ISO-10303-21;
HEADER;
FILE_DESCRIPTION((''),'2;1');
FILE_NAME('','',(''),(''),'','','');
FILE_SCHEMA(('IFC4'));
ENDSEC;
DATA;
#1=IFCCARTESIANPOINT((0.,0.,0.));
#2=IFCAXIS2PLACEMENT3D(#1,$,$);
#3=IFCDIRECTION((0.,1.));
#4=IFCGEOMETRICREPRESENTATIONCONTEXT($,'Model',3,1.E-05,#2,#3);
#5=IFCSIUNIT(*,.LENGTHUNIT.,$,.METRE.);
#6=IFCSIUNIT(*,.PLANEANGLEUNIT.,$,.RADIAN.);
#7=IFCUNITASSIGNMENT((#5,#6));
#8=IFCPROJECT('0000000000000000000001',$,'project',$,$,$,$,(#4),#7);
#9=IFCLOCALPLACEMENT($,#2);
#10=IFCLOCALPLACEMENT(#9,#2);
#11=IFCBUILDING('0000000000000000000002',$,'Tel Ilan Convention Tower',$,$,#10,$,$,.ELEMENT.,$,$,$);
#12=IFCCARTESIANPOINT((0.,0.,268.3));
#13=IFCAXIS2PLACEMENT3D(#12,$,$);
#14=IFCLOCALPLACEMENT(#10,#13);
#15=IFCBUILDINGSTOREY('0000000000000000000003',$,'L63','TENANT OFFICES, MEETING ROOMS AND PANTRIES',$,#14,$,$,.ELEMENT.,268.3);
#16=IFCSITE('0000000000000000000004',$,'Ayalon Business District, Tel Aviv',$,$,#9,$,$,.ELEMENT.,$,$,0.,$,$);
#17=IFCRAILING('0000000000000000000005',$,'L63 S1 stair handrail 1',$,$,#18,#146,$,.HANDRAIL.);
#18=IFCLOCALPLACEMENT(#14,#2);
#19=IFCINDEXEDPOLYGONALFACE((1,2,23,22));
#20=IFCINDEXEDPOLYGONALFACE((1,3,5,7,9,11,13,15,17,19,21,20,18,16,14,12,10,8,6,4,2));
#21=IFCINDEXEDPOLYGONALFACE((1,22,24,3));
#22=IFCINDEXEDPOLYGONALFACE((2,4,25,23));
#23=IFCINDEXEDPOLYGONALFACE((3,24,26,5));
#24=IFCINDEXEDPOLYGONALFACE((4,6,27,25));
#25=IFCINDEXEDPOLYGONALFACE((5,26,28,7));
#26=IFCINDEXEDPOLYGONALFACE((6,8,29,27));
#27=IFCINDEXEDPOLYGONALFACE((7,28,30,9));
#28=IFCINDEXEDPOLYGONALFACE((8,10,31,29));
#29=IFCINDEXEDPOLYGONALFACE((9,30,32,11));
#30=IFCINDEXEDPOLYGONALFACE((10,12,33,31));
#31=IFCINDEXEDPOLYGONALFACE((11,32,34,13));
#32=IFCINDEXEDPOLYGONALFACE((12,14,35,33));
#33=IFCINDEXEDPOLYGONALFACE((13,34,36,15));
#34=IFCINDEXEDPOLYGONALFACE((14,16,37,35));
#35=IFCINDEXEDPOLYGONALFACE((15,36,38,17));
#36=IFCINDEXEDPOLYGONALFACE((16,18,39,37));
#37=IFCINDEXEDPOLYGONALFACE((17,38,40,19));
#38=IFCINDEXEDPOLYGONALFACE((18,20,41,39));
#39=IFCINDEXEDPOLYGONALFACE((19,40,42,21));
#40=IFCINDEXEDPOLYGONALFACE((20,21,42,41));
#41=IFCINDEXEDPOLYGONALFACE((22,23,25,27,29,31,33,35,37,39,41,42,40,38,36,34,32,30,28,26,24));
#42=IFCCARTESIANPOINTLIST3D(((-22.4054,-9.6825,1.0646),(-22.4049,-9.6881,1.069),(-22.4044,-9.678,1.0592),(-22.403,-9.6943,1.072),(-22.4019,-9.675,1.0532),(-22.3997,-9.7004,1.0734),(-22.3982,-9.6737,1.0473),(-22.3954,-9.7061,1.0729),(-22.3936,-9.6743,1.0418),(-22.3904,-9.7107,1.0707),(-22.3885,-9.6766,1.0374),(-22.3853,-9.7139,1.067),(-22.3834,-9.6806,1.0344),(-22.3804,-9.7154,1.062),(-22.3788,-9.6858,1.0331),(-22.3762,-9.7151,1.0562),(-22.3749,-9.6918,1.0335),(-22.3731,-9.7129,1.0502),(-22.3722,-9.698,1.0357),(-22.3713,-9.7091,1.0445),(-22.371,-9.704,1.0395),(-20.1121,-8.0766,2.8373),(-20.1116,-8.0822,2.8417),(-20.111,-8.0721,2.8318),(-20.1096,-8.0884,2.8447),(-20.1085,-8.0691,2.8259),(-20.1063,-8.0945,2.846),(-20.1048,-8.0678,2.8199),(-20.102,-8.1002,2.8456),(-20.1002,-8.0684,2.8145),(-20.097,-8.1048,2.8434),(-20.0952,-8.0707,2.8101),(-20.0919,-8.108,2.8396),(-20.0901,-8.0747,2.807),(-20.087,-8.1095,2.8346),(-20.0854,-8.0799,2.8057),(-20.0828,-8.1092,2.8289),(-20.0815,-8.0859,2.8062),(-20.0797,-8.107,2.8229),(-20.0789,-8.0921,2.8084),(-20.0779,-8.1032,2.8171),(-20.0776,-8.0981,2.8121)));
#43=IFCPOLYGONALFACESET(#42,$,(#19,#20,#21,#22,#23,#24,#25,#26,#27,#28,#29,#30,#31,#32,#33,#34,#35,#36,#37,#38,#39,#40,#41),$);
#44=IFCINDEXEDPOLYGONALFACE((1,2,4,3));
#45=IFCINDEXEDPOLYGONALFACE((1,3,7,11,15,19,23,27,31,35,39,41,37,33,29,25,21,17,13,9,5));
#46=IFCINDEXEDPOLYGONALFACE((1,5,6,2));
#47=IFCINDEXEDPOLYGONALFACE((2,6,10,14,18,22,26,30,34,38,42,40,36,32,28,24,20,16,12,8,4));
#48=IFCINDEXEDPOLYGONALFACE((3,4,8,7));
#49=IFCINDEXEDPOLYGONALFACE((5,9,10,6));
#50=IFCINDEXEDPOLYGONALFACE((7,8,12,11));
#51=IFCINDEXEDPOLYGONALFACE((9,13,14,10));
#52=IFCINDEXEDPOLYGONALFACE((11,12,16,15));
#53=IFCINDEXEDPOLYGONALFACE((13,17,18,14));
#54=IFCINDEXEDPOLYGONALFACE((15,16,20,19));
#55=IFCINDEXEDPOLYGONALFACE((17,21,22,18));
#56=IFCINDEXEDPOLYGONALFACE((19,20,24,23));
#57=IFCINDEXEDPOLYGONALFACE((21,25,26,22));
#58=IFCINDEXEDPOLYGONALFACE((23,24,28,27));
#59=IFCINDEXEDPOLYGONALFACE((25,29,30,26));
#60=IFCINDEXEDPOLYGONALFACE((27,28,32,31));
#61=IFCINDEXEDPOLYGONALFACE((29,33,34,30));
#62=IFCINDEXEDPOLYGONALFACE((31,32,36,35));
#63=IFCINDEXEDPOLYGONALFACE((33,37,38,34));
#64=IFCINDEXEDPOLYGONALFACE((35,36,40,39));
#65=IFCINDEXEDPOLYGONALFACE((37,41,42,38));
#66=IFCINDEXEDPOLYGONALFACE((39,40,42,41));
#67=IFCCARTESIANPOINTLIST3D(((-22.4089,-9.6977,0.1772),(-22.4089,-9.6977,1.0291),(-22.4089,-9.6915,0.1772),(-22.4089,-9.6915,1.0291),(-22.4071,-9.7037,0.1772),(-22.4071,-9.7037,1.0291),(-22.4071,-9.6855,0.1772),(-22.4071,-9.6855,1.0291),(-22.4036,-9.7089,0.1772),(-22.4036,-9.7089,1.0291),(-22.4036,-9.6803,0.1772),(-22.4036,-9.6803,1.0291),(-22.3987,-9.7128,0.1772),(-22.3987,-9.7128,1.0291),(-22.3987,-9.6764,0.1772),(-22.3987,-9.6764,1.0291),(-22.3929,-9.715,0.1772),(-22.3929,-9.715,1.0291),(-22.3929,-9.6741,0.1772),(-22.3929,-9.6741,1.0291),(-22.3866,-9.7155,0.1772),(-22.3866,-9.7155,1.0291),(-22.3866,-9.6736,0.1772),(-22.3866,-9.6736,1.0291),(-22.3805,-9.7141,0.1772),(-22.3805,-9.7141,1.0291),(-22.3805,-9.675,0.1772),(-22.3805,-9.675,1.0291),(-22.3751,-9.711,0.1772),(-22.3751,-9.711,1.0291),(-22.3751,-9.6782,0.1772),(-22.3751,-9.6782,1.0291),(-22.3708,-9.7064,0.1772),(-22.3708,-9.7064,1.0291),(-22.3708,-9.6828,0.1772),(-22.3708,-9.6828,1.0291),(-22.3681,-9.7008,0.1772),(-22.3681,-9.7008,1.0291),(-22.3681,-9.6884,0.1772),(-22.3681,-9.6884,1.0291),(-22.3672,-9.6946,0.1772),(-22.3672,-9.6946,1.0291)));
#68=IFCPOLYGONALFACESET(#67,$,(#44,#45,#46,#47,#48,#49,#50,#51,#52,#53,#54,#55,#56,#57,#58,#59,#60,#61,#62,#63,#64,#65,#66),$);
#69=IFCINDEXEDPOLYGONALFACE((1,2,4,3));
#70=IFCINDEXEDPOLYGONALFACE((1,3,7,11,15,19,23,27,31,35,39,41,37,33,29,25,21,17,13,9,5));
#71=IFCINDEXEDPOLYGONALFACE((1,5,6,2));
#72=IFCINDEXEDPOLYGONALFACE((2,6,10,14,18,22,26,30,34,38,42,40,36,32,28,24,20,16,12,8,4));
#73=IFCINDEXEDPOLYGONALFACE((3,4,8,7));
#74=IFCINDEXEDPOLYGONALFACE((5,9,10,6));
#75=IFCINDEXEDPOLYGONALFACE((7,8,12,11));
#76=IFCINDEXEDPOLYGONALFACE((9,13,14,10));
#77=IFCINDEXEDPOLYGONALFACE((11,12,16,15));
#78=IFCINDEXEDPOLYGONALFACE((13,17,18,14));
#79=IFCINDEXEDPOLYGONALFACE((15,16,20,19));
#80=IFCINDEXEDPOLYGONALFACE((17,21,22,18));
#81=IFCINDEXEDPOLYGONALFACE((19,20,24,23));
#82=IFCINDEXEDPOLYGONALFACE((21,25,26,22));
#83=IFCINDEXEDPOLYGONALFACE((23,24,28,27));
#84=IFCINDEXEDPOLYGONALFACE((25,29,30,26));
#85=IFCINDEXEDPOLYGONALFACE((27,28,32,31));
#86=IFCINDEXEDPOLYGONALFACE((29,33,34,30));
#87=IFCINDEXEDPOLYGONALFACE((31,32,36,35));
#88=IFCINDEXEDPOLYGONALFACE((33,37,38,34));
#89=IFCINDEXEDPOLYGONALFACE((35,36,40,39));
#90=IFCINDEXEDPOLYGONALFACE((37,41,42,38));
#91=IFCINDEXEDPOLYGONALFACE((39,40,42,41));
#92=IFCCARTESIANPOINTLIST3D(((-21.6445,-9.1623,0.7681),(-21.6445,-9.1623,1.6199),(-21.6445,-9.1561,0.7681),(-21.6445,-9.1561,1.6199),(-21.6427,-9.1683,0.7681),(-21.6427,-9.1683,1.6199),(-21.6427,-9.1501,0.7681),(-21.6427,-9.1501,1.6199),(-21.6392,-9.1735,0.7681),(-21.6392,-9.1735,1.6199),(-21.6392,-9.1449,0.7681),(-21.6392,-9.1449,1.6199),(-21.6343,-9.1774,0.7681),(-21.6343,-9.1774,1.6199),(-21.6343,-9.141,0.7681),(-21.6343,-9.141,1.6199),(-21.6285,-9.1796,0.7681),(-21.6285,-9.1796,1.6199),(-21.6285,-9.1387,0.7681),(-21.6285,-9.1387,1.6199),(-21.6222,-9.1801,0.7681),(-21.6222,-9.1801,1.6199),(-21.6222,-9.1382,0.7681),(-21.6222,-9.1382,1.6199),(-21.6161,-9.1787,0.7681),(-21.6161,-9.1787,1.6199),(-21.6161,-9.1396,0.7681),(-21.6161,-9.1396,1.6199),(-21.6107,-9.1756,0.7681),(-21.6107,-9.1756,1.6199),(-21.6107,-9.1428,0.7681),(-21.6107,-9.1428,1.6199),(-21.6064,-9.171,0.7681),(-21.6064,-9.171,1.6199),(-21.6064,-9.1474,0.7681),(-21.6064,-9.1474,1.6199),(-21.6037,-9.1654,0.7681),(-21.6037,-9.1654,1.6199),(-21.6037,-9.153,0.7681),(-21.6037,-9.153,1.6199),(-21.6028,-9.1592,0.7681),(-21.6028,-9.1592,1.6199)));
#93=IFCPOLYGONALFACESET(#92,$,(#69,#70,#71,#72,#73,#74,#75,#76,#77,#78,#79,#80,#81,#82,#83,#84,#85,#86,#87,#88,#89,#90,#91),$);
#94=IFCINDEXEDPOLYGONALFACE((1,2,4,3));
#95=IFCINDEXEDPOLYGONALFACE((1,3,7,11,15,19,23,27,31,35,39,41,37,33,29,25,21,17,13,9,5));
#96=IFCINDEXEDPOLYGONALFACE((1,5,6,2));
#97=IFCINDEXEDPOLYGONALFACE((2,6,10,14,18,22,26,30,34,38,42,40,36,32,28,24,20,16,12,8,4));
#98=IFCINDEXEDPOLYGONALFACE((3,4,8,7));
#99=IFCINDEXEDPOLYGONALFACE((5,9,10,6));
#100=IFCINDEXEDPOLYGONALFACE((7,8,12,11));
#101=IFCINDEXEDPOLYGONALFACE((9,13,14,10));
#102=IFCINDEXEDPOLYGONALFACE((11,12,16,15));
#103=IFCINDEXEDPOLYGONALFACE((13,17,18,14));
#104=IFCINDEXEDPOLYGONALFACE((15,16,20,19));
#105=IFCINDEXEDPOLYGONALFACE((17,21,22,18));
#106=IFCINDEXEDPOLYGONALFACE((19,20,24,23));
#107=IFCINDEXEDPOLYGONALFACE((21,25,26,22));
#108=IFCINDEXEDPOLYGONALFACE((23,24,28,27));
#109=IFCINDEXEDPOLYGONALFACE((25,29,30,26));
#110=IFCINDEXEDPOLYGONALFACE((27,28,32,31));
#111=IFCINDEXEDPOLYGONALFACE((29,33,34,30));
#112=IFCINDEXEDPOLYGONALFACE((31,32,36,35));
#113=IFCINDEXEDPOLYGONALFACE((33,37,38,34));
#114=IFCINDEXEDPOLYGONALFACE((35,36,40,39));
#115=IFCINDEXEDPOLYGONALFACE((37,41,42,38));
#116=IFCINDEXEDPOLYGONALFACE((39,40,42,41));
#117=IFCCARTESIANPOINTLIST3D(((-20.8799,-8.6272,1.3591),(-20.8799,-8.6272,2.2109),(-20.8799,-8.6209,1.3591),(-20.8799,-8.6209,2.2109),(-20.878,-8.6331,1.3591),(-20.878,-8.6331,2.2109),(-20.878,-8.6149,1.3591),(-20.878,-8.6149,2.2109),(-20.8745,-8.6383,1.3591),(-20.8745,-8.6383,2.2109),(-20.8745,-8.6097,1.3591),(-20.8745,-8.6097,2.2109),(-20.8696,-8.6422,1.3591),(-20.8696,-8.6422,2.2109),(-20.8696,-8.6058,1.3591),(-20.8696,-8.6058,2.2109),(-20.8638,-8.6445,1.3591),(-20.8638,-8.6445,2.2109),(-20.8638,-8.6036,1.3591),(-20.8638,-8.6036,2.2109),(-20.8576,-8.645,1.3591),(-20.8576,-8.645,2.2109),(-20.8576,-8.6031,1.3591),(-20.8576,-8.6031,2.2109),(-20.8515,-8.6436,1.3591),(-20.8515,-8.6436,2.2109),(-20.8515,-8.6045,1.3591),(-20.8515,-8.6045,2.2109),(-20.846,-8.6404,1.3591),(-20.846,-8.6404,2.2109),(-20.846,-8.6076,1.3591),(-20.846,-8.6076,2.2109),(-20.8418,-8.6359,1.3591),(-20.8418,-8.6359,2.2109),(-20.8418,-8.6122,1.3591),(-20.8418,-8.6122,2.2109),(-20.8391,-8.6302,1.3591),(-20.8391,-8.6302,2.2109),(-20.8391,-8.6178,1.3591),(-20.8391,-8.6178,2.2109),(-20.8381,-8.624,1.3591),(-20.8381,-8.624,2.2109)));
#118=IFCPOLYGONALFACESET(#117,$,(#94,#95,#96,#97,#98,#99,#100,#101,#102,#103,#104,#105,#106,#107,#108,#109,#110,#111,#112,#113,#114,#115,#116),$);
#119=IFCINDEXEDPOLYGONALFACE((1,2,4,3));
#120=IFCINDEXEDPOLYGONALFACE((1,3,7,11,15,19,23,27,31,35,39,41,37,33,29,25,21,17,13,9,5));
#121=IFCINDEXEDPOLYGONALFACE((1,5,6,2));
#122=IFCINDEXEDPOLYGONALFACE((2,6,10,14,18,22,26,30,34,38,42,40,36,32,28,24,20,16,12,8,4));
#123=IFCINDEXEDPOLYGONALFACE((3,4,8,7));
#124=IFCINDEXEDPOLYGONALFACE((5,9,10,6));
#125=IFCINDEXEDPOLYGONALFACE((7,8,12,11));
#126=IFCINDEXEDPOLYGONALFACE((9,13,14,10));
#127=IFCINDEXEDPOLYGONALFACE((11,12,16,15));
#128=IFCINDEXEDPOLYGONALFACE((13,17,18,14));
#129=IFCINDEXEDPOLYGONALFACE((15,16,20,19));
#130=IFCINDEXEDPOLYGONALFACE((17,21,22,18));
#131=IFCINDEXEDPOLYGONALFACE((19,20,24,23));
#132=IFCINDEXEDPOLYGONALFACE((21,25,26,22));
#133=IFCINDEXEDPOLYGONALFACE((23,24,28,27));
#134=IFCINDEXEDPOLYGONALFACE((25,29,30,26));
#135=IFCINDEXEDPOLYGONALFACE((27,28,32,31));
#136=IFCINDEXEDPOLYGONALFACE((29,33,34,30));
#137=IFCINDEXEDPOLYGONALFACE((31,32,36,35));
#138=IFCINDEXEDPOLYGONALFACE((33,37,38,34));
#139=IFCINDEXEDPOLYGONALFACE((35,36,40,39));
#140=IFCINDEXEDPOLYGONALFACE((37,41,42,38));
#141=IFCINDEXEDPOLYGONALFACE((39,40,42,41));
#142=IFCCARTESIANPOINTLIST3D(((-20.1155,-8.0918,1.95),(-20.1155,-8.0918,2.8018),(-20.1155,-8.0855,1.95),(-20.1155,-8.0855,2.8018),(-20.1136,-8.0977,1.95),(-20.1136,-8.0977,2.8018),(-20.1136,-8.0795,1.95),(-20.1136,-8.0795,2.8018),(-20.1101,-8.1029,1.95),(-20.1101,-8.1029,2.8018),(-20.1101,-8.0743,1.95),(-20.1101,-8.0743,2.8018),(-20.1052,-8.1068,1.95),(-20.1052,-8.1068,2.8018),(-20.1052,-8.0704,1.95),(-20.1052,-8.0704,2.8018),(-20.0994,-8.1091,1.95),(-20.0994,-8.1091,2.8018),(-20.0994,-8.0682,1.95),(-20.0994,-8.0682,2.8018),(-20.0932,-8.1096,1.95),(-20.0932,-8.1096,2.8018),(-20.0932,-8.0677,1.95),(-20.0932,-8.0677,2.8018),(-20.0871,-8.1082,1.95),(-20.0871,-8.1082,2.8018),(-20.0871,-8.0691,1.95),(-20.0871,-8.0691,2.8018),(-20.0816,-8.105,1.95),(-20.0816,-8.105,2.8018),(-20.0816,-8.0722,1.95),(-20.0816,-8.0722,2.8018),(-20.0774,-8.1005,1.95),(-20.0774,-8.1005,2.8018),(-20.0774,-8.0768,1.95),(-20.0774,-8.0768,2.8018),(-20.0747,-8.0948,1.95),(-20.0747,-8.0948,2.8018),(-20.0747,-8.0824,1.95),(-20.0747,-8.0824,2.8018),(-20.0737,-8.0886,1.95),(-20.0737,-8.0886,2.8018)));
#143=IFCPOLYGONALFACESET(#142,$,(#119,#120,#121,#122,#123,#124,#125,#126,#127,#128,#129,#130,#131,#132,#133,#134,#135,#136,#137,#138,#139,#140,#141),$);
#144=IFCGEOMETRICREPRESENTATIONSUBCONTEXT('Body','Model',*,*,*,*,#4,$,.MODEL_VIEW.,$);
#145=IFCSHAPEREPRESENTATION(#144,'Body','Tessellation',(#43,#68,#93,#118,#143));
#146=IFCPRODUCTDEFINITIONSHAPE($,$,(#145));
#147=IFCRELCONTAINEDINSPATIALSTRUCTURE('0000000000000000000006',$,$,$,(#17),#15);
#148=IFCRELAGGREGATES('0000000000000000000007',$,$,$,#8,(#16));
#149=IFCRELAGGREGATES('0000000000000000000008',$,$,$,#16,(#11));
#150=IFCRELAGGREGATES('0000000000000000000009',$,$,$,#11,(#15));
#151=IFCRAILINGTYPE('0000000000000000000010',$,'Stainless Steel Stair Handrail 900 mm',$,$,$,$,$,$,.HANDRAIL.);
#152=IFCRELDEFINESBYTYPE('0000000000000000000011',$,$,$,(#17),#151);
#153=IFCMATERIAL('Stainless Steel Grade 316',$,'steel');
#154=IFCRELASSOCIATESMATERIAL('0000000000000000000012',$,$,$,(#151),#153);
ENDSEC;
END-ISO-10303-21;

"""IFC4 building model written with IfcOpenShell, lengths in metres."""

from ifc_helpers import new_model, si_unit, direction, frame, origin, origin_2d, place, context, subcontext, project, spatial, circle, extrude, material, type_object, element, save


model = new_model("IFC4")

# Units and contexts
model_context = context("Model", 3, precision=1e-05, world=origin(), true_north=direction((0.0, 1.0)))
body_context = subcontext(model_context, "Body", "Model", "MODEL_VIEW")
ifc_project = project(units=[si_unit("LENGTHUNIT", "METRE"), si_unit("PLANEANGLEUNIT", "RADIAN")], contexts=[model_context])

# Site, building, storey
site_placement = place(None, origin())
site = spatial("IfcSite", under=ifc_project, at=site_placement, Name="Ayalon Business District, Tel Aviv", CompositionType="ELEMENT", RefElevation=0.0)
building_placement = place(site_placement, origin())
building = spatial("IfcBuilding", under=site, at=building_placement, Name="Tel Ilan Convention Tower", CompositionType="ELEMENT")
storey_placement = place(building_placement, frame((0.0, 0.0, 268.3)))
storey = spatial("IfcBuildingStorey", under=building, at=storey_placement, Name="L63", Description="TENANT OFFICES, MEETING ROOMS AND PANTRIES", CompositionType="ELEMENT", Elevation=268.3)

# Railing
ifc_material_1 = material(Name="Stainless Steel Grade 316", Category="steel")
railing_type_1 = type_object("IfcRailingType", Name="Stainless Steel Stair Handrail 900 mm", PredefinedType="HANDRAIL", material=ifc_material_1)
railing_1_placement = place(storey_placement, frame((-22.3882, -9.6946, 0.1772)))
element("IfcRailing", 1, at=railing_1_placement, inside=storey, type_object=railing_type_1, Name="L63 S1 stair handrail 1", PredefinedType="HANDRAIL", context=body_context, shape_type="SweptSolid", body=[
    extrude(circle(Radius=0.0239, at=origin_2d()), frame((0.0, 0.0, 0.876), z_axis=(0.692085, 0.484621, 0.53494), x_axis=(-0.573591, 0.819142, 0.0)), (0.0, 0.0, 1.0), 3.3137),
    extrude(circle(Radius=0.021, at=origin_2d()), origin(), (0.0, 0.0, 1.0), 0.8518),
    extrude(circle(Radius=0.021, at=origin_2d()), frame((0.7644, 0.5354, 0.5908)), (0.0, 0.0, 1.0), 0.8518),
    extrude(circle(Radius=0.021, at=origin_2d()), frame((1.5291, 1.0706, 1.1819)), (0.0, 0.0, 1.0), 0.8518),
    extrude(circle(Radius=0.021, at=origin_2d()), frame((2.2935, 1.606, 1.7727)), (0.0, 0.0, 1.0), 0.8518),
])

save(model, "model.ifc")
